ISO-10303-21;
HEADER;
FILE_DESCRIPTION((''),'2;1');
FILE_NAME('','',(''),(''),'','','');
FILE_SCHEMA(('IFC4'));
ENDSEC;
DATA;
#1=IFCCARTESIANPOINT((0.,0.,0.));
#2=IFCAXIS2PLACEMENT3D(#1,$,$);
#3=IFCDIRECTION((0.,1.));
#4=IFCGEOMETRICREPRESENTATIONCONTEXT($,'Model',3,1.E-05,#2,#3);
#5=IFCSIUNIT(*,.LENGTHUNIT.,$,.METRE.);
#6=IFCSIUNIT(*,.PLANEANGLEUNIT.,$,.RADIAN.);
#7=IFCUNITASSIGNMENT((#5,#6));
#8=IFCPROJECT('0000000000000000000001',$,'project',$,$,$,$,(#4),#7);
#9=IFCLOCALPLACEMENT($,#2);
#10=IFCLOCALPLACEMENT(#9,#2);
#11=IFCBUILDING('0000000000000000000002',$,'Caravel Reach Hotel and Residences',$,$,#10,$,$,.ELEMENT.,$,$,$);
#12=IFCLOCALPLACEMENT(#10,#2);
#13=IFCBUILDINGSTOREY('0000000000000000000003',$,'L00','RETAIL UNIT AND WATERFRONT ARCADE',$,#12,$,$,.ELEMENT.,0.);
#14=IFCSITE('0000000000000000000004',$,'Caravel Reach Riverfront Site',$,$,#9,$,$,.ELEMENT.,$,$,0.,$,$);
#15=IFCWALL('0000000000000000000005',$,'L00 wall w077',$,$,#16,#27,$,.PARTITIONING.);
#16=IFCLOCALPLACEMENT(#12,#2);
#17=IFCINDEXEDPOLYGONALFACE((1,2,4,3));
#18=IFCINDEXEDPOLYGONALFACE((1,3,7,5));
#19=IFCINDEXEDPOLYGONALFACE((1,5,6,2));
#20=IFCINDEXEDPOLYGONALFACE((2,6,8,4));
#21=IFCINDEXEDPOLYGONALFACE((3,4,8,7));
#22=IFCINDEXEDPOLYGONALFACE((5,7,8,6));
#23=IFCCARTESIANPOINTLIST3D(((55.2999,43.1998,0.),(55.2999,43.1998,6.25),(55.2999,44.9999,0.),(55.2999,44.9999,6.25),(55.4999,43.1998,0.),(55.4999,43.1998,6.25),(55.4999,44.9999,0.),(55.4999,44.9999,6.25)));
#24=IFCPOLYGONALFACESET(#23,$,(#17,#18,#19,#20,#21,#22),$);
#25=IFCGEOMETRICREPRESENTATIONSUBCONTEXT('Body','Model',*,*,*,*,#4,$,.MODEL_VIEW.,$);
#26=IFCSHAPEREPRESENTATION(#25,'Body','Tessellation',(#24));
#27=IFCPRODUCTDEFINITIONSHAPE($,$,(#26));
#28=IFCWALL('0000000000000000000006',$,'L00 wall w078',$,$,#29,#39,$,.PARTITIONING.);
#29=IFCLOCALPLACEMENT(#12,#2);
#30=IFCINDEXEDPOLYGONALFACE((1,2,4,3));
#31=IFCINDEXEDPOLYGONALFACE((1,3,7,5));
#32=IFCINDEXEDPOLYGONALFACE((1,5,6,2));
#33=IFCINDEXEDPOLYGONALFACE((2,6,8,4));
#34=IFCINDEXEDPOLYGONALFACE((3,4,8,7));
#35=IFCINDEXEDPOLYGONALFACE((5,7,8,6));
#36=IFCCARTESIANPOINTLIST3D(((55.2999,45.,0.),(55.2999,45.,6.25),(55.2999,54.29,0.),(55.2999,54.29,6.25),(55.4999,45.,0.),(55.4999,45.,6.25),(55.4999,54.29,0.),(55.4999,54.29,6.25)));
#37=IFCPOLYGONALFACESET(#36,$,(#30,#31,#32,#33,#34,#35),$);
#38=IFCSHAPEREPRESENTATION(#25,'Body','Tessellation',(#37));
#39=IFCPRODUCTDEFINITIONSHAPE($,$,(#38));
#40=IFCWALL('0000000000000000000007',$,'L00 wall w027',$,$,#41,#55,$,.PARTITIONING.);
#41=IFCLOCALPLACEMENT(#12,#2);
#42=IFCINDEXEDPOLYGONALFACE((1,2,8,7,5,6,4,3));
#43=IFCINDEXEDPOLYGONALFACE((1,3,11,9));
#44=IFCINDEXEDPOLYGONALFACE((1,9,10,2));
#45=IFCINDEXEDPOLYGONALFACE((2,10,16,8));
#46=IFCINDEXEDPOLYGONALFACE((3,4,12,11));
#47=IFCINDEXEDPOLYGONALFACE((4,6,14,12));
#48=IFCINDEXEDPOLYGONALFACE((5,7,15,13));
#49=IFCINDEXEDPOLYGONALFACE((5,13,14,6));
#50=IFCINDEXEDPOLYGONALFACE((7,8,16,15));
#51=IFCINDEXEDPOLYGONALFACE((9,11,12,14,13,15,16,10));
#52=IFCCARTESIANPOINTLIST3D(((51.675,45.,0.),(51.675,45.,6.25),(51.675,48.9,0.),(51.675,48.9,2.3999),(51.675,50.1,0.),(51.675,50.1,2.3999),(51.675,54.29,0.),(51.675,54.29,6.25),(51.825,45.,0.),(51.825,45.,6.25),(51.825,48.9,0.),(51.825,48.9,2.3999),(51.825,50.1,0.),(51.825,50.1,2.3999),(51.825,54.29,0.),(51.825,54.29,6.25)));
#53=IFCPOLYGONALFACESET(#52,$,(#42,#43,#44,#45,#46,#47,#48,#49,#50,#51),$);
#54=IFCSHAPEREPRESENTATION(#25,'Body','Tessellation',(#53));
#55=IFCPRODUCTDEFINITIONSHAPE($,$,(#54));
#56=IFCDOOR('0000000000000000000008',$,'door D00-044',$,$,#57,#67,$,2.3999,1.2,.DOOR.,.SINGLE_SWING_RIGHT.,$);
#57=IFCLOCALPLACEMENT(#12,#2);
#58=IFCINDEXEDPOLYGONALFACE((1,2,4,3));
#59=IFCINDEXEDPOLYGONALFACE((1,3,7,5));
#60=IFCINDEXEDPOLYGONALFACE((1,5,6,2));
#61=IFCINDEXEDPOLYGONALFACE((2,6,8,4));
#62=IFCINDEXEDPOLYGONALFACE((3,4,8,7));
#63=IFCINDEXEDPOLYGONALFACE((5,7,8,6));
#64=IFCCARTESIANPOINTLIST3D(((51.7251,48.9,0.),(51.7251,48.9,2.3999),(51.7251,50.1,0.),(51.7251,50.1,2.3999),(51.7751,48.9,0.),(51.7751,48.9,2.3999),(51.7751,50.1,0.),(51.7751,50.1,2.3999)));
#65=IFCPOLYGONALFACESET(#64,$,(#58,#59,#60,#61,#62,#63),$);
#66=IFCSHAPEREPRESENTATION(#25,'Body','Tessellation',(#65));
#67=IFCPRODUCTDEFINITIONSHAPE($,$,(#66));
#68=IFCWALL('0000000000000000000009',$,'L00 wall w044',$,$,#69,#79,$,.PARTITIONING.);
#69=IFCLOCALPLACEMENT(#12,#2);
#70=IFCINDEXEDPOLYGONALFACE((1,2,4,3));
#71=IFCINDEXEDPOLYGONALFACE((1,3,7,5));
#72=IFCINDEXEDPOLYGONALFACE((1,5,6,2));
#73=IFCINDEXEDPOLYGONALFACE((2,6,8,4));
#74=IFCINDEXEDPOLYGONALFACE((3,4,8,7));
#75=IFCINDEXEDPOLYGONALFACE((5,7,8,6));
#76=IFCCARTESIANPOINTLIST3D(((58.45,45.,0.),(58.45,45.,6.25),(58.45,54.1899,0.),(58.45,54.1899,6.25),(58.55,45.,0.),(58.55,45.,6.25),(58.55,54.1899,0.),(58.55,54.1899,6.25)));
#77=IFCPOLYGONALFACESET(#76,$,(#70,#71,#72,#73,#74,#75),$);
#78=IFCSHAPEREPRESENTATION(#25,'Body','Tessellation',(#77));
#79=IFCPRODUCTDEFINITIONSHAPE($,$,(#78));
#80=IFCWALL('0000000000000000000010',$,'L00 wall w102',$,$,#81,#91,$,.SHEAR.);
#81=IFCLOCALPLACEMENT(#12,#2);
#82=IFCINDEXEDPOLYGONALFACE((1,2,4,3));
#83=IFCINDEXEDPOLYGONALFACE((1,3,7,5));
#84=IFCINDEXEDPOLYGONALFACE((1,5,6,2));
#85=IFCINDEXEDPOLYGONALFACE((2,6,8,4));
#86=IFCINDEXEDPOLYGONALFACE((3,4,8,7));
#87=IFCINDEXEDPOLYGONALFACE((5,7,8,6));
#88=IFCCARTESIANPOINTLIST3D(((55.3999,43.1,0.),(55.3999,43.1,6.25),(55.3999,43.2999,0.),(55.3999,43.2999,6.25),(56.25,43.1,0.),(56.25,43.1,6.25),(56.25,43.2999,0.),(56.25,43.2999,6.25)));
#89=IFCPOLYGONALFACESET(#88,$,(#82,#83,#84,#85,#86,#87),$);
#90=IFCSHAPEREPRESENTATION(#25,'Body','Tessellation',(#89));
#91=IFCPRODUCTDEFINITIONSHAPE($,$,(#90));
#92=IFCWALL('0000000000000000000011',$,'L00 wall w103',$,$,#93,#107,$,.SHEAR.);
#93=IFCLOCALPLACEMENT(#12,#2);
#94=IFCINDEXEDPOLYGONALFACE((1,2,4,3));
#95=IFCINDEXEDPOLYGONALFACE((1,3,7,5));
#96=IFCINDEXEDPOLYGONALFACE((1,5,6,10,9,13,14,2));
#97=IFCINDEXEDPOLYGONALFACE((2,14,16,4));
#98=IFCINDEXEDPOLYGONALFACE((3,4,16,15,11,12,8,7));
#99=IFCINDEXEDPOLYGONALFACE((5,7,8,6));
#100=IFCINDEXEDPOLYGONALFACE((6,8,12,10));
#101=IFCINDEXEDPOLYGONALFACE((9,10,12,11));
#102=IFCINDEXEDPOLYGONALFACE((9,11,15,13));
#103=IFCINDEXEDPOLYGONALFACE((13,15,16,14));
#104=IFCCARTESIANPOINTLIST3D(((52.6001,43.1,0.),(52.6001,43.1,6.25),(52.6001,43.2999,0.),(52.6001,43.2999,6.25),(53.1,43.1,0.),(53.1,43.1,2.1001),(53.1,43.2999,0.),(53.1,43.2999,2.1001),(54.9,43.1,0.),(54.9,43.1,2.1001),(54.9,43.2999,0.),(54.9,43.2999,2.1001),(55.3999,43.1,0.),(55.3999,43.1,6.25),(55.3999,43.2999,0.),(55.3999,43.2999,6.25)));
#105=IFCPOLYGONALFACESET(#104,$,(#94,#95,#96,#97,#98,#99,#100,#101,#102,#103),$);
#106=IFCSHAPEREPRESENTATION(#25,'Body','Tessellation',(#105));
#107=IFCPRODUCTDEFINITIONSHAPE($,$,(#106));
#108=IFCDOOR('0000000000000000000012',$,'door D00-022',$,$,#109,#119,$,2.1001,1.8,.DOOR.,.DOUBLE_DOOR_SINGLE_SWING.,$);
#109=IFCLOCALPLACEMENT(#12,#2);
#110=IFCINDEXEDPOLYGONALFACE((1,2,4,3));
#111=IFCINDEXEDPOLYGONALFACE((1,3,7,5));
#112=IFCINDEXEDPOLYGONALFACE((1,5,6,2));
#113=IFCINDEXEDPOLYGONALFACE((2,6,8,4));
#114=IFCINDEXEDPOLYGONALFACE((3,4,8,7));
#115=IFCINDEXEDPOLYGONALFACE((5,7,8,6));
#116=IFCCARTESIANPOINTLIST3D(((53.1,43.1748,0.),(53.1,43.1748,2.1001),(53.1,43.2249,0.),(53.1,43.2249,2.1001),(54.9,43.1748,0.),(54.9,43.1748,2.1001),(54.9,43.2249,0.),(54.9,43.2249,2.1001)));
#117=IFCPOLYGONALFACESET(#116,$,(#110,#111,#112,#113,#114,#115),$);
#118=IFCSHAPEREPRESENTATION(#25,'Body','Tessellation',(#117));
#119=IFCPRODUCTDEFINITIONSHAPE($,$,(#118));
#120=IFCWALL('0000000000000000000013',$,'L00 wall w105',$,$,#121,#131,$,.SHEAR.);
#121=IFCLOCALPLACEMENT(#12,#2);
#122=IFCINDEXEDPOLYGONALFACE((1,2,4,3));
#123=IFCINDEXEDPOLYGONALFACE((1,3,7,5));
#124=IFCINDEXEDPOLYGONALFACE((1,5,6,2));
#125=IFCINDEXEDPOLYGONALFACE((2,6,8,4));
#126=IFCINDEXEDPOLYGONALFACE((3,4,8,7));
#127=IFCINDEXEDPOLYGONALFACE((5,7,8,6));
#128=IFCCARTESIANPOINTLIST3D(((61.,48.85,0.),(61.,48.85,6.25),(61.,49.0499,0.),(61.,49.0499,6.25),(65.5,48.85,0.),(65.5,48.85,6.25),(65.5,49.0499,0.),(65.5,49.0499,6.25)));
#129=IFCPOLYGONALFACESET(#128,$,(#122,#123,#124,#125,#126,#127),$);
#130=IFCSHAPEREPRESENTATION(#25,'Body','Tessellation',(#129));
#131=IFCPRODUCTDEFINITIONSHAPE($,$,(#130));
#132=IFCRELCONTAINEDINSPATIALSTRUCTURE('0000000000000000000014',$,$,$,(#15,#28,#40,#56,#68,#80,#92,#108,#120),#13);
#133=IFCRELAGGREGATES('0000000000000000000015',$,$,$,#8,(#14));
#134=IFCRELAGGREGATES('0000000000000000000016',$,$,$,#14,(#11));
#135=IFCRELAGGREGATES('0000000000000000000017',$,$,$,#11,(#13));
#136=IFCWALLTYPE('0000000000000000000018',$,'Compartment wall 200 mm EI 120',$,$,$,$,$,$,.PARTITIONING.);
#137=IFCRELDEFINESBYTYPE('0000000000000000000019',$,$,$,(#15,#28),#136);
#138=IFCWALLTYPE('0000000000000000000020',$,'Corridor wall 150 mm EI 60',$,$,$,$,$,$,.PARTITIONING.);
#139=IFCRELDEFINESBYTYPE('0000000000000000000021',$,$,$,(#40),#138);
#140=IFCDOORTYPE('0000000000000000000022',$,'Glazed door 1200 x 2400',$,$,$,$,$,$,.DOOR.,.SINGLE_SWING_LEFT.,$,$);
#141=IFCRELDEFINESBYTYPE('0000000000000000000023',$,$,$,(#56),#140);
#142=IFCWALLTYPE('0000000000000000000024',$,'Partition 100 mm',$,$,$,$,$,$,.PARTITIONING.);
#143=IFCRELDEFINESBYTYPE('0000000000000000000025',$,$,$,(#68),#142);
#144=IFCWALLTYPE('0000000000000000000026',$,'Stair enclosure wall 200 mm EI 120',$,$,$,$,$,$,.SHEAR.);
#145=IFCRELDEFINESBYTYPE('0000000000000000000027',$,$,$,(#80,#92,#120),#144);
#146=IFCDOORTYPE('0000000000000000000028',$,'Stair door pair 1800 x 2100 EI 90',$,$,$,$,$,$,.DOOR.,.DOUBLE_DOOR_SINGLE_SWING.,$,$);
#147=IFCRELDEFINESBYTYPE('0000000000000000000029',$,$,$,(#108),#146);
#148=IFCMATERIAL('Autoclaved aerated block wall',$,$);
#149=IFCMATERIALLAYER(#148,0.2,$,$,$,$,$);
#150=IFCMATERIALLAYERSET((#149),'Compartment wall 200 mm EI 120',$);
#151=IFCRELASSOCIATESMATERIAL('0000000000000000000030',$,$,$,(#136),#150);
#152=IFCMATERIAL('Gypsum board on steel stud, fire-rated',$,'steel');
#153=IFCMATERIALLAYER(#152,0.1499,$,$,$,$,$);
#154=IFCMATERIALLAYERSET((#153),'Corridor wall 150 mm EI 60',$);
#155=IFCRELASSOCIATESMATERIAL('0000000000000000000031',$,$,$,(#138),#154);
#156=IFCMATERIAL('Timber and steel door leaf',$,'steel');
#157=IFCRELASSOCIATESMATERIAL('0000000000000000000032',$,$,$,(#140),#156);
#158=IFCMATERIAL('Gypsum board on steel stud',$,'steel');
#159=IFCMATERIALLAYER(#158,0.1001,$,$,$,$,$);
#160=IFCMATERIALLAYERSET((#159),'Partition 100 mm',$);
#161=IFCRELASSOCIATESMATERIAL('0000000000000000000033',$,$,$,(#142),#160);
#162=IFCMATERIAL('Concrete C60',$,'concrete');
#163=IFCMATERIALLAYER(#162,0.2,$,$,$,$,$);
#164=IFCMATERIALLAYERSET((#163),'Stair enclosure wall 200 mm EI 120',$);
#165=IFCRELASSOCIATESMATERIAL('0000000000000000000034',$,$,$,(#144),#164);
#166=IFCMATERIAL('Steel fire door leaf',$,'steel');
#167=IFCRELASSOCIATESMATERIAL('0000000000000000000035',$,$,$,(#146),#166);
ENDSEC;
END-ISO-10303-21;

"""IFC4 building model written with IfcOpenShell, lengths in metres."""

from ifc_helpers import new_model, si_unit, direction, frame, frame_2d, origin, place, context, subcontext, project, spatial, rectangle, extrude, material, layer, layer_set, type_object, element, fill, save


model = new_model("IFC4")

# Units and contexts
model_context = context("Model", 3, precision=1e-05, world=origin(), true_north=direction((0.0, 1.0)))
body_context = subcontext(model_context, "Body", "Model", "MODEL_VIEW")
ifc_project = project(units=[si_unit("LENGTHUNIT", "METRE"), si_unit("PLANEANGLEUNIT", "RADIAN")], contexts=[model_context])

# Site, building, storey
site_placement = place(None, origin())
site = spatial("IfcSite", under=ifc_project, at=site_placement, Name="Caravel Reach Riverfront Site", CompositionType="ELEMENT", RefElevation=0.0)
building_placement = place(site_placement, origin())
building = spatial("IfcBuilding", under=site, at=building_placement, Name="Caravel Reach Hotel and Residences", CompositionType="ELEMENT")
storey_placement = place(building_placement, origin())
storey = spatial("IfcBuildingStorey", under=building, at=storey_placement, Name="L00", Description="RETAIL UNIT AND WATERFRONT ARCADE", CompositionType="ELEMENT", Elevation=0.0)

# Walls
ifc_material_1 = material(Name="Autoclaved aerated block wall")
ifc_layer_1 = layer(ifc_material_1, 0.2)
ifc_layer_set_1 = layer_set([ifc_layer_1], Name="Compartment wall 200 mm EI 120")
wall_type_1 = type_object("IfcWallType", Name="Compartment wall 200 mm EI 120", PredefinedType="PARTITIONING", material=ifc_layer_set_1)
wall_1_placement = place(storey_placement, frame((55.3999, 43.2, 0.0), z_axis=(0.0, 0.0, 1.0), x_axis=(0.0, 1.0, 0.0)))
element("IfcWall", 1, at=wall_1_placement, inside=storey, type_object=wall_type_1, Name="L00 wall w077", PredefinedType="PARTITIONING", context=body_context, shape_type="SweptSolid", body=[
    extrude(rectangle(XDim=1.8, YDim=0.2, at=frame_2d((0.8999, 0.0))), origin(), (0.0, 0.0, 1.0), 6.25),
])
wall_2_placement = place(storey_placement, frame((55.3999, 45.0, 0.0), z_axis=(0.0, 0.0, 1.0), x_axis=(0.0, 1.0, 0.0)))
element("IfcWall", 2, at=wall_2_placement, inside=storey, type_object=wall_type_1, Name="L00 wall w078", PredefinedType="PARTITIONING", context=body_context, shape_type="SweptSolid", body=[
    extrude(rectangle(XDim=9.29, YDim=0.2, at=frame_2d((4.645, 0.0))), origin(), (0.0, 0.0, 1.0), 6.25),
])

# Wall, opening, door
ifc_material_2 = material(Name="Gypsum board on steel stud, fire-rated", Category="steel")
ifc_layer_2 = layer(ifc_material_2, 0.1499)
ifc_layer_set_2 = layer_set([ifc_layer_2], Name="Corridor wall 150 mm EI 60")
wall_type_2 = type_object("IfcWallType", Name="Corridor wall 150 mm EI 60", PredefinedType="PARTITIONING", material=ifc_layer_set_2)
wall_3_placement = place(storey_placement, frame((51.75, 45.0, 0.0), z_axis=(0.0, 0.0, 1.0), x_axis=(0.0, 1.0, 0.0)))
wall_3 = element("IfcWall", 3, at=wall_3_placement, inside=storey, type_object=wall_type_2, Name="L00 wall w027", PredefinedType="PARTITIONING", context=body_context, shape_type="SweptSolid", body=[
    extrude(rectangle(XDim=9.29, YDim=0.1499, at=frame_2d((4.645, 0.0))), origin(), (0.0, 0.0, 1.0), 6.25),
])
opening_1_placement = place(wall_3_placement, frame((3.8999, 0.0, 0.0)))
opening_1 = element("IfcOpeningElement", 4, at=opening_1_placement, cuts=wall_3, PredefinedType="OPENING", context=body_context, shape_type="SweptSolid", body=[
    extrude(rectangle(XDim=1.2, YDim=2.3999, at=frame_2d((0.6001, 1.2))), frame((0.0, 0.085, 0.0), z_axis=(0.0, -1.0, 0.0), x_axis=(1.0, 0.0, 0.0)), (0.0, 0.0, 1.0), 0.1699),
])
ifc_material_3 = material(Name="Timber and steel door leaf", Category="steel")
door_type_1 = type_object("IfcDoorType", Name="Glazed door 1200 x 2400", OperationType="SINGLE_SWING_LEFT", PredefinedType="DOOR", material=ifc_material_3)
door_1_placement = place(opening_1_placement, origin())
door_1 = element("IfcDoor", 5, at=door_1_placement, inside=storey, type_object=door_type_1, Name="door D00-044", OperationType="SINGLE_SWING_RIGHT", OverallHeight=2.3999, OverallWidth=1.2, PredefinedType="DOOR", context=body_context, shape_type="SweptSolid", body=[
    extrude(rectangle(XDim=1.2, YDim=2.3999, at=frame_2d((0.6001, 1.2))), frame((0.0, 0.0249, 0.0), z_axis=(0.0, -1.0, 0.0), x_axis=(1.0, 0.0, 0.0)), (0.0, 0.0, 1.0), 0.05),
])
fill(opening_1, door_1)

# Walls
ifc_material_4 = material(Name="Gypsum board on steel stud", Category="steel")
ifc_layer_3 = layer(ifc_material_4, 0.1001)
ifc_layer_set_3 = layer_set([ifc_layer_3], Name="Partition 100 mm")
wall_type_3 = type_object("IfcWallType", Name="Partition 100 mm", PredefinedType="PARTITIONING", material=ifc_layer_set_3)
wall_4_placement = place(storey_placement, frame((58.5, 45.0, 0.0), z_axis=(0.0, 0.0, 1.0), x_axis=(0.0, 1.0, 0.0)))
element("IfcWall", 6, at=wall_4_placement, inside=storey, type_object=wall_type_3, Name="L00 wall w044", PredefinedType="PARTITIONING", context=body_context, shape_type="SweptSolid", body=[
    extrude(rectangle(XDim=9.1899, YDim=0.1001, at=frame_2d((4.595, 0.0))), origin(), (0.0, 0.0, 1.0), 6.25),
])
ifc_material_5 = material(Name="Concrete C60", Category="concrete")
ifc_layer_4 = layer(ifc_material_5, 0.2)
ifc_layer_set_4 = layer_set([ifc_layer_4], Name="Stair enclosure wall 200 mm EI 120")
wall_type_4 = type_object("IfcWallType", Name="Stair enclosure wall 200 mm EI 120", PredefinedType="SHEAR", material=ifc_layer_set_4)
wall_5_placement = place(storey_placement, frame((55.3999, 43.2, 0.0), z_axis=(0.0, 0.0, 1.0), x_axis=(1.0, 0.0, 0.0)))
element("IfcWall", 7, at=wall_5_placement, inside=storey, type_object=wall_type_4, Name="L00 wall w102", PredefinedType="SHEAR", context=body_context, shape_type="SweptSolid", body=[
    extrude(rectangle(XDim=0.8501, YDim=0.2, at=frame_2d((0.425, 0.0))), origin(), (0.0, 0.0, 1.0), 6.25),
])

# Wall, opening, door
wall_6_placement = place(storey_placement, frame((52.6001, 43.2, 0.0), z_axis=(0.0, 0.0, 1.0), x_axis=(1.0, 0.0, 0.0)))
wall_6 = element("IfcWall", 8, at=wall_6_placement, inside=storey, type_object=wall_type_4, Name="L00 wall w103", PredefinedType="SHEAR", context=body_context, shape_type="SweptSolid", body=[
    extrude(rectangle(XDim=2.7998, YDim=0.2, at=frame_2d((1.3999, 0.0))), origin(), (0.0, 0.0, 1.0), 6.25),
])
opening_2_placement = place(wall_6_placement, frame((0.5, 0.0, 0.0)))
opening_2 = element("IfcOpeningElement", 9, at=opening_2_placement, cuts=wall_6, PredefinedType="OPENING", context=body_context, shape_type="SweptSolid", body=[
    extrude(rectangle(XDim=1.8, YDim=2.1001, at=frame_2d((0.8999, 1.05))), frame((0.0, 0.1099, 0.0), z_axis=(0.0, -1.0, 0.0), x_axis=(1.0, 0.0, 0.0)), (0.0, 0.0, 1.0), 0.22),
])
ifc_material_6 = material(Name="Steel fire door leaf", Category="steel")
door_type_2 = type_object("IfcDoorType", Name="Stair door pair 1800 x 2100 EI 90", OperationType="DOUBLE_DOOR_SINGLE_SWING", PredefinedType="DOOR", material=ifc_material_6)
door_2_placement = place(opening_2_placement, origin())
door_2 = element("IfcDoor", 10, at=door_2_placement, inside=storey, type_object=door_type_2, Name="door D00-022", OperationType="DOUBLE_DOOR_SINGLE_SWING", OverallHeight=2.1001, OverallWidth=1.8, PredefinedType="DOOR", context=body_context, shape_type="SweptSolid", body=[
    extrude(rectangle(XDim=1.8, YDim=2.1001, at=frame_2d((0.8999, 1.05))), frame((0.0, 0.0249, 0.0), z_axis=(0.0, -1.0, 0.0), x_axis=(1.0, 0.0, 0.0)), (0.0, 0.0, 1.0), 0.05),
])
fill(opening_2, door_2)

# Wall
wall_7_placement = place(storey_placement, frame((61.0, 48.95, 0.0), z_axis=(0.0, 0.0, 1.0), x_axis=(1.0, 0.0, 0.0)))
element("IfcWall", 11, at=wall_7_placement, inside=storey, type_object=wall_type_4, Name="L00 wall w105", PredefinedType="SHEAR", context=body_context, shape_type="SweptSolid", body=[
    extrude(rectangle(XDim=4.5, YDim=0.2, at=frame_2d((2.25, 0.0))), origin(), (0.0, 0.0, 1.0), 6.25),
])

save(model, "model.ifc")
